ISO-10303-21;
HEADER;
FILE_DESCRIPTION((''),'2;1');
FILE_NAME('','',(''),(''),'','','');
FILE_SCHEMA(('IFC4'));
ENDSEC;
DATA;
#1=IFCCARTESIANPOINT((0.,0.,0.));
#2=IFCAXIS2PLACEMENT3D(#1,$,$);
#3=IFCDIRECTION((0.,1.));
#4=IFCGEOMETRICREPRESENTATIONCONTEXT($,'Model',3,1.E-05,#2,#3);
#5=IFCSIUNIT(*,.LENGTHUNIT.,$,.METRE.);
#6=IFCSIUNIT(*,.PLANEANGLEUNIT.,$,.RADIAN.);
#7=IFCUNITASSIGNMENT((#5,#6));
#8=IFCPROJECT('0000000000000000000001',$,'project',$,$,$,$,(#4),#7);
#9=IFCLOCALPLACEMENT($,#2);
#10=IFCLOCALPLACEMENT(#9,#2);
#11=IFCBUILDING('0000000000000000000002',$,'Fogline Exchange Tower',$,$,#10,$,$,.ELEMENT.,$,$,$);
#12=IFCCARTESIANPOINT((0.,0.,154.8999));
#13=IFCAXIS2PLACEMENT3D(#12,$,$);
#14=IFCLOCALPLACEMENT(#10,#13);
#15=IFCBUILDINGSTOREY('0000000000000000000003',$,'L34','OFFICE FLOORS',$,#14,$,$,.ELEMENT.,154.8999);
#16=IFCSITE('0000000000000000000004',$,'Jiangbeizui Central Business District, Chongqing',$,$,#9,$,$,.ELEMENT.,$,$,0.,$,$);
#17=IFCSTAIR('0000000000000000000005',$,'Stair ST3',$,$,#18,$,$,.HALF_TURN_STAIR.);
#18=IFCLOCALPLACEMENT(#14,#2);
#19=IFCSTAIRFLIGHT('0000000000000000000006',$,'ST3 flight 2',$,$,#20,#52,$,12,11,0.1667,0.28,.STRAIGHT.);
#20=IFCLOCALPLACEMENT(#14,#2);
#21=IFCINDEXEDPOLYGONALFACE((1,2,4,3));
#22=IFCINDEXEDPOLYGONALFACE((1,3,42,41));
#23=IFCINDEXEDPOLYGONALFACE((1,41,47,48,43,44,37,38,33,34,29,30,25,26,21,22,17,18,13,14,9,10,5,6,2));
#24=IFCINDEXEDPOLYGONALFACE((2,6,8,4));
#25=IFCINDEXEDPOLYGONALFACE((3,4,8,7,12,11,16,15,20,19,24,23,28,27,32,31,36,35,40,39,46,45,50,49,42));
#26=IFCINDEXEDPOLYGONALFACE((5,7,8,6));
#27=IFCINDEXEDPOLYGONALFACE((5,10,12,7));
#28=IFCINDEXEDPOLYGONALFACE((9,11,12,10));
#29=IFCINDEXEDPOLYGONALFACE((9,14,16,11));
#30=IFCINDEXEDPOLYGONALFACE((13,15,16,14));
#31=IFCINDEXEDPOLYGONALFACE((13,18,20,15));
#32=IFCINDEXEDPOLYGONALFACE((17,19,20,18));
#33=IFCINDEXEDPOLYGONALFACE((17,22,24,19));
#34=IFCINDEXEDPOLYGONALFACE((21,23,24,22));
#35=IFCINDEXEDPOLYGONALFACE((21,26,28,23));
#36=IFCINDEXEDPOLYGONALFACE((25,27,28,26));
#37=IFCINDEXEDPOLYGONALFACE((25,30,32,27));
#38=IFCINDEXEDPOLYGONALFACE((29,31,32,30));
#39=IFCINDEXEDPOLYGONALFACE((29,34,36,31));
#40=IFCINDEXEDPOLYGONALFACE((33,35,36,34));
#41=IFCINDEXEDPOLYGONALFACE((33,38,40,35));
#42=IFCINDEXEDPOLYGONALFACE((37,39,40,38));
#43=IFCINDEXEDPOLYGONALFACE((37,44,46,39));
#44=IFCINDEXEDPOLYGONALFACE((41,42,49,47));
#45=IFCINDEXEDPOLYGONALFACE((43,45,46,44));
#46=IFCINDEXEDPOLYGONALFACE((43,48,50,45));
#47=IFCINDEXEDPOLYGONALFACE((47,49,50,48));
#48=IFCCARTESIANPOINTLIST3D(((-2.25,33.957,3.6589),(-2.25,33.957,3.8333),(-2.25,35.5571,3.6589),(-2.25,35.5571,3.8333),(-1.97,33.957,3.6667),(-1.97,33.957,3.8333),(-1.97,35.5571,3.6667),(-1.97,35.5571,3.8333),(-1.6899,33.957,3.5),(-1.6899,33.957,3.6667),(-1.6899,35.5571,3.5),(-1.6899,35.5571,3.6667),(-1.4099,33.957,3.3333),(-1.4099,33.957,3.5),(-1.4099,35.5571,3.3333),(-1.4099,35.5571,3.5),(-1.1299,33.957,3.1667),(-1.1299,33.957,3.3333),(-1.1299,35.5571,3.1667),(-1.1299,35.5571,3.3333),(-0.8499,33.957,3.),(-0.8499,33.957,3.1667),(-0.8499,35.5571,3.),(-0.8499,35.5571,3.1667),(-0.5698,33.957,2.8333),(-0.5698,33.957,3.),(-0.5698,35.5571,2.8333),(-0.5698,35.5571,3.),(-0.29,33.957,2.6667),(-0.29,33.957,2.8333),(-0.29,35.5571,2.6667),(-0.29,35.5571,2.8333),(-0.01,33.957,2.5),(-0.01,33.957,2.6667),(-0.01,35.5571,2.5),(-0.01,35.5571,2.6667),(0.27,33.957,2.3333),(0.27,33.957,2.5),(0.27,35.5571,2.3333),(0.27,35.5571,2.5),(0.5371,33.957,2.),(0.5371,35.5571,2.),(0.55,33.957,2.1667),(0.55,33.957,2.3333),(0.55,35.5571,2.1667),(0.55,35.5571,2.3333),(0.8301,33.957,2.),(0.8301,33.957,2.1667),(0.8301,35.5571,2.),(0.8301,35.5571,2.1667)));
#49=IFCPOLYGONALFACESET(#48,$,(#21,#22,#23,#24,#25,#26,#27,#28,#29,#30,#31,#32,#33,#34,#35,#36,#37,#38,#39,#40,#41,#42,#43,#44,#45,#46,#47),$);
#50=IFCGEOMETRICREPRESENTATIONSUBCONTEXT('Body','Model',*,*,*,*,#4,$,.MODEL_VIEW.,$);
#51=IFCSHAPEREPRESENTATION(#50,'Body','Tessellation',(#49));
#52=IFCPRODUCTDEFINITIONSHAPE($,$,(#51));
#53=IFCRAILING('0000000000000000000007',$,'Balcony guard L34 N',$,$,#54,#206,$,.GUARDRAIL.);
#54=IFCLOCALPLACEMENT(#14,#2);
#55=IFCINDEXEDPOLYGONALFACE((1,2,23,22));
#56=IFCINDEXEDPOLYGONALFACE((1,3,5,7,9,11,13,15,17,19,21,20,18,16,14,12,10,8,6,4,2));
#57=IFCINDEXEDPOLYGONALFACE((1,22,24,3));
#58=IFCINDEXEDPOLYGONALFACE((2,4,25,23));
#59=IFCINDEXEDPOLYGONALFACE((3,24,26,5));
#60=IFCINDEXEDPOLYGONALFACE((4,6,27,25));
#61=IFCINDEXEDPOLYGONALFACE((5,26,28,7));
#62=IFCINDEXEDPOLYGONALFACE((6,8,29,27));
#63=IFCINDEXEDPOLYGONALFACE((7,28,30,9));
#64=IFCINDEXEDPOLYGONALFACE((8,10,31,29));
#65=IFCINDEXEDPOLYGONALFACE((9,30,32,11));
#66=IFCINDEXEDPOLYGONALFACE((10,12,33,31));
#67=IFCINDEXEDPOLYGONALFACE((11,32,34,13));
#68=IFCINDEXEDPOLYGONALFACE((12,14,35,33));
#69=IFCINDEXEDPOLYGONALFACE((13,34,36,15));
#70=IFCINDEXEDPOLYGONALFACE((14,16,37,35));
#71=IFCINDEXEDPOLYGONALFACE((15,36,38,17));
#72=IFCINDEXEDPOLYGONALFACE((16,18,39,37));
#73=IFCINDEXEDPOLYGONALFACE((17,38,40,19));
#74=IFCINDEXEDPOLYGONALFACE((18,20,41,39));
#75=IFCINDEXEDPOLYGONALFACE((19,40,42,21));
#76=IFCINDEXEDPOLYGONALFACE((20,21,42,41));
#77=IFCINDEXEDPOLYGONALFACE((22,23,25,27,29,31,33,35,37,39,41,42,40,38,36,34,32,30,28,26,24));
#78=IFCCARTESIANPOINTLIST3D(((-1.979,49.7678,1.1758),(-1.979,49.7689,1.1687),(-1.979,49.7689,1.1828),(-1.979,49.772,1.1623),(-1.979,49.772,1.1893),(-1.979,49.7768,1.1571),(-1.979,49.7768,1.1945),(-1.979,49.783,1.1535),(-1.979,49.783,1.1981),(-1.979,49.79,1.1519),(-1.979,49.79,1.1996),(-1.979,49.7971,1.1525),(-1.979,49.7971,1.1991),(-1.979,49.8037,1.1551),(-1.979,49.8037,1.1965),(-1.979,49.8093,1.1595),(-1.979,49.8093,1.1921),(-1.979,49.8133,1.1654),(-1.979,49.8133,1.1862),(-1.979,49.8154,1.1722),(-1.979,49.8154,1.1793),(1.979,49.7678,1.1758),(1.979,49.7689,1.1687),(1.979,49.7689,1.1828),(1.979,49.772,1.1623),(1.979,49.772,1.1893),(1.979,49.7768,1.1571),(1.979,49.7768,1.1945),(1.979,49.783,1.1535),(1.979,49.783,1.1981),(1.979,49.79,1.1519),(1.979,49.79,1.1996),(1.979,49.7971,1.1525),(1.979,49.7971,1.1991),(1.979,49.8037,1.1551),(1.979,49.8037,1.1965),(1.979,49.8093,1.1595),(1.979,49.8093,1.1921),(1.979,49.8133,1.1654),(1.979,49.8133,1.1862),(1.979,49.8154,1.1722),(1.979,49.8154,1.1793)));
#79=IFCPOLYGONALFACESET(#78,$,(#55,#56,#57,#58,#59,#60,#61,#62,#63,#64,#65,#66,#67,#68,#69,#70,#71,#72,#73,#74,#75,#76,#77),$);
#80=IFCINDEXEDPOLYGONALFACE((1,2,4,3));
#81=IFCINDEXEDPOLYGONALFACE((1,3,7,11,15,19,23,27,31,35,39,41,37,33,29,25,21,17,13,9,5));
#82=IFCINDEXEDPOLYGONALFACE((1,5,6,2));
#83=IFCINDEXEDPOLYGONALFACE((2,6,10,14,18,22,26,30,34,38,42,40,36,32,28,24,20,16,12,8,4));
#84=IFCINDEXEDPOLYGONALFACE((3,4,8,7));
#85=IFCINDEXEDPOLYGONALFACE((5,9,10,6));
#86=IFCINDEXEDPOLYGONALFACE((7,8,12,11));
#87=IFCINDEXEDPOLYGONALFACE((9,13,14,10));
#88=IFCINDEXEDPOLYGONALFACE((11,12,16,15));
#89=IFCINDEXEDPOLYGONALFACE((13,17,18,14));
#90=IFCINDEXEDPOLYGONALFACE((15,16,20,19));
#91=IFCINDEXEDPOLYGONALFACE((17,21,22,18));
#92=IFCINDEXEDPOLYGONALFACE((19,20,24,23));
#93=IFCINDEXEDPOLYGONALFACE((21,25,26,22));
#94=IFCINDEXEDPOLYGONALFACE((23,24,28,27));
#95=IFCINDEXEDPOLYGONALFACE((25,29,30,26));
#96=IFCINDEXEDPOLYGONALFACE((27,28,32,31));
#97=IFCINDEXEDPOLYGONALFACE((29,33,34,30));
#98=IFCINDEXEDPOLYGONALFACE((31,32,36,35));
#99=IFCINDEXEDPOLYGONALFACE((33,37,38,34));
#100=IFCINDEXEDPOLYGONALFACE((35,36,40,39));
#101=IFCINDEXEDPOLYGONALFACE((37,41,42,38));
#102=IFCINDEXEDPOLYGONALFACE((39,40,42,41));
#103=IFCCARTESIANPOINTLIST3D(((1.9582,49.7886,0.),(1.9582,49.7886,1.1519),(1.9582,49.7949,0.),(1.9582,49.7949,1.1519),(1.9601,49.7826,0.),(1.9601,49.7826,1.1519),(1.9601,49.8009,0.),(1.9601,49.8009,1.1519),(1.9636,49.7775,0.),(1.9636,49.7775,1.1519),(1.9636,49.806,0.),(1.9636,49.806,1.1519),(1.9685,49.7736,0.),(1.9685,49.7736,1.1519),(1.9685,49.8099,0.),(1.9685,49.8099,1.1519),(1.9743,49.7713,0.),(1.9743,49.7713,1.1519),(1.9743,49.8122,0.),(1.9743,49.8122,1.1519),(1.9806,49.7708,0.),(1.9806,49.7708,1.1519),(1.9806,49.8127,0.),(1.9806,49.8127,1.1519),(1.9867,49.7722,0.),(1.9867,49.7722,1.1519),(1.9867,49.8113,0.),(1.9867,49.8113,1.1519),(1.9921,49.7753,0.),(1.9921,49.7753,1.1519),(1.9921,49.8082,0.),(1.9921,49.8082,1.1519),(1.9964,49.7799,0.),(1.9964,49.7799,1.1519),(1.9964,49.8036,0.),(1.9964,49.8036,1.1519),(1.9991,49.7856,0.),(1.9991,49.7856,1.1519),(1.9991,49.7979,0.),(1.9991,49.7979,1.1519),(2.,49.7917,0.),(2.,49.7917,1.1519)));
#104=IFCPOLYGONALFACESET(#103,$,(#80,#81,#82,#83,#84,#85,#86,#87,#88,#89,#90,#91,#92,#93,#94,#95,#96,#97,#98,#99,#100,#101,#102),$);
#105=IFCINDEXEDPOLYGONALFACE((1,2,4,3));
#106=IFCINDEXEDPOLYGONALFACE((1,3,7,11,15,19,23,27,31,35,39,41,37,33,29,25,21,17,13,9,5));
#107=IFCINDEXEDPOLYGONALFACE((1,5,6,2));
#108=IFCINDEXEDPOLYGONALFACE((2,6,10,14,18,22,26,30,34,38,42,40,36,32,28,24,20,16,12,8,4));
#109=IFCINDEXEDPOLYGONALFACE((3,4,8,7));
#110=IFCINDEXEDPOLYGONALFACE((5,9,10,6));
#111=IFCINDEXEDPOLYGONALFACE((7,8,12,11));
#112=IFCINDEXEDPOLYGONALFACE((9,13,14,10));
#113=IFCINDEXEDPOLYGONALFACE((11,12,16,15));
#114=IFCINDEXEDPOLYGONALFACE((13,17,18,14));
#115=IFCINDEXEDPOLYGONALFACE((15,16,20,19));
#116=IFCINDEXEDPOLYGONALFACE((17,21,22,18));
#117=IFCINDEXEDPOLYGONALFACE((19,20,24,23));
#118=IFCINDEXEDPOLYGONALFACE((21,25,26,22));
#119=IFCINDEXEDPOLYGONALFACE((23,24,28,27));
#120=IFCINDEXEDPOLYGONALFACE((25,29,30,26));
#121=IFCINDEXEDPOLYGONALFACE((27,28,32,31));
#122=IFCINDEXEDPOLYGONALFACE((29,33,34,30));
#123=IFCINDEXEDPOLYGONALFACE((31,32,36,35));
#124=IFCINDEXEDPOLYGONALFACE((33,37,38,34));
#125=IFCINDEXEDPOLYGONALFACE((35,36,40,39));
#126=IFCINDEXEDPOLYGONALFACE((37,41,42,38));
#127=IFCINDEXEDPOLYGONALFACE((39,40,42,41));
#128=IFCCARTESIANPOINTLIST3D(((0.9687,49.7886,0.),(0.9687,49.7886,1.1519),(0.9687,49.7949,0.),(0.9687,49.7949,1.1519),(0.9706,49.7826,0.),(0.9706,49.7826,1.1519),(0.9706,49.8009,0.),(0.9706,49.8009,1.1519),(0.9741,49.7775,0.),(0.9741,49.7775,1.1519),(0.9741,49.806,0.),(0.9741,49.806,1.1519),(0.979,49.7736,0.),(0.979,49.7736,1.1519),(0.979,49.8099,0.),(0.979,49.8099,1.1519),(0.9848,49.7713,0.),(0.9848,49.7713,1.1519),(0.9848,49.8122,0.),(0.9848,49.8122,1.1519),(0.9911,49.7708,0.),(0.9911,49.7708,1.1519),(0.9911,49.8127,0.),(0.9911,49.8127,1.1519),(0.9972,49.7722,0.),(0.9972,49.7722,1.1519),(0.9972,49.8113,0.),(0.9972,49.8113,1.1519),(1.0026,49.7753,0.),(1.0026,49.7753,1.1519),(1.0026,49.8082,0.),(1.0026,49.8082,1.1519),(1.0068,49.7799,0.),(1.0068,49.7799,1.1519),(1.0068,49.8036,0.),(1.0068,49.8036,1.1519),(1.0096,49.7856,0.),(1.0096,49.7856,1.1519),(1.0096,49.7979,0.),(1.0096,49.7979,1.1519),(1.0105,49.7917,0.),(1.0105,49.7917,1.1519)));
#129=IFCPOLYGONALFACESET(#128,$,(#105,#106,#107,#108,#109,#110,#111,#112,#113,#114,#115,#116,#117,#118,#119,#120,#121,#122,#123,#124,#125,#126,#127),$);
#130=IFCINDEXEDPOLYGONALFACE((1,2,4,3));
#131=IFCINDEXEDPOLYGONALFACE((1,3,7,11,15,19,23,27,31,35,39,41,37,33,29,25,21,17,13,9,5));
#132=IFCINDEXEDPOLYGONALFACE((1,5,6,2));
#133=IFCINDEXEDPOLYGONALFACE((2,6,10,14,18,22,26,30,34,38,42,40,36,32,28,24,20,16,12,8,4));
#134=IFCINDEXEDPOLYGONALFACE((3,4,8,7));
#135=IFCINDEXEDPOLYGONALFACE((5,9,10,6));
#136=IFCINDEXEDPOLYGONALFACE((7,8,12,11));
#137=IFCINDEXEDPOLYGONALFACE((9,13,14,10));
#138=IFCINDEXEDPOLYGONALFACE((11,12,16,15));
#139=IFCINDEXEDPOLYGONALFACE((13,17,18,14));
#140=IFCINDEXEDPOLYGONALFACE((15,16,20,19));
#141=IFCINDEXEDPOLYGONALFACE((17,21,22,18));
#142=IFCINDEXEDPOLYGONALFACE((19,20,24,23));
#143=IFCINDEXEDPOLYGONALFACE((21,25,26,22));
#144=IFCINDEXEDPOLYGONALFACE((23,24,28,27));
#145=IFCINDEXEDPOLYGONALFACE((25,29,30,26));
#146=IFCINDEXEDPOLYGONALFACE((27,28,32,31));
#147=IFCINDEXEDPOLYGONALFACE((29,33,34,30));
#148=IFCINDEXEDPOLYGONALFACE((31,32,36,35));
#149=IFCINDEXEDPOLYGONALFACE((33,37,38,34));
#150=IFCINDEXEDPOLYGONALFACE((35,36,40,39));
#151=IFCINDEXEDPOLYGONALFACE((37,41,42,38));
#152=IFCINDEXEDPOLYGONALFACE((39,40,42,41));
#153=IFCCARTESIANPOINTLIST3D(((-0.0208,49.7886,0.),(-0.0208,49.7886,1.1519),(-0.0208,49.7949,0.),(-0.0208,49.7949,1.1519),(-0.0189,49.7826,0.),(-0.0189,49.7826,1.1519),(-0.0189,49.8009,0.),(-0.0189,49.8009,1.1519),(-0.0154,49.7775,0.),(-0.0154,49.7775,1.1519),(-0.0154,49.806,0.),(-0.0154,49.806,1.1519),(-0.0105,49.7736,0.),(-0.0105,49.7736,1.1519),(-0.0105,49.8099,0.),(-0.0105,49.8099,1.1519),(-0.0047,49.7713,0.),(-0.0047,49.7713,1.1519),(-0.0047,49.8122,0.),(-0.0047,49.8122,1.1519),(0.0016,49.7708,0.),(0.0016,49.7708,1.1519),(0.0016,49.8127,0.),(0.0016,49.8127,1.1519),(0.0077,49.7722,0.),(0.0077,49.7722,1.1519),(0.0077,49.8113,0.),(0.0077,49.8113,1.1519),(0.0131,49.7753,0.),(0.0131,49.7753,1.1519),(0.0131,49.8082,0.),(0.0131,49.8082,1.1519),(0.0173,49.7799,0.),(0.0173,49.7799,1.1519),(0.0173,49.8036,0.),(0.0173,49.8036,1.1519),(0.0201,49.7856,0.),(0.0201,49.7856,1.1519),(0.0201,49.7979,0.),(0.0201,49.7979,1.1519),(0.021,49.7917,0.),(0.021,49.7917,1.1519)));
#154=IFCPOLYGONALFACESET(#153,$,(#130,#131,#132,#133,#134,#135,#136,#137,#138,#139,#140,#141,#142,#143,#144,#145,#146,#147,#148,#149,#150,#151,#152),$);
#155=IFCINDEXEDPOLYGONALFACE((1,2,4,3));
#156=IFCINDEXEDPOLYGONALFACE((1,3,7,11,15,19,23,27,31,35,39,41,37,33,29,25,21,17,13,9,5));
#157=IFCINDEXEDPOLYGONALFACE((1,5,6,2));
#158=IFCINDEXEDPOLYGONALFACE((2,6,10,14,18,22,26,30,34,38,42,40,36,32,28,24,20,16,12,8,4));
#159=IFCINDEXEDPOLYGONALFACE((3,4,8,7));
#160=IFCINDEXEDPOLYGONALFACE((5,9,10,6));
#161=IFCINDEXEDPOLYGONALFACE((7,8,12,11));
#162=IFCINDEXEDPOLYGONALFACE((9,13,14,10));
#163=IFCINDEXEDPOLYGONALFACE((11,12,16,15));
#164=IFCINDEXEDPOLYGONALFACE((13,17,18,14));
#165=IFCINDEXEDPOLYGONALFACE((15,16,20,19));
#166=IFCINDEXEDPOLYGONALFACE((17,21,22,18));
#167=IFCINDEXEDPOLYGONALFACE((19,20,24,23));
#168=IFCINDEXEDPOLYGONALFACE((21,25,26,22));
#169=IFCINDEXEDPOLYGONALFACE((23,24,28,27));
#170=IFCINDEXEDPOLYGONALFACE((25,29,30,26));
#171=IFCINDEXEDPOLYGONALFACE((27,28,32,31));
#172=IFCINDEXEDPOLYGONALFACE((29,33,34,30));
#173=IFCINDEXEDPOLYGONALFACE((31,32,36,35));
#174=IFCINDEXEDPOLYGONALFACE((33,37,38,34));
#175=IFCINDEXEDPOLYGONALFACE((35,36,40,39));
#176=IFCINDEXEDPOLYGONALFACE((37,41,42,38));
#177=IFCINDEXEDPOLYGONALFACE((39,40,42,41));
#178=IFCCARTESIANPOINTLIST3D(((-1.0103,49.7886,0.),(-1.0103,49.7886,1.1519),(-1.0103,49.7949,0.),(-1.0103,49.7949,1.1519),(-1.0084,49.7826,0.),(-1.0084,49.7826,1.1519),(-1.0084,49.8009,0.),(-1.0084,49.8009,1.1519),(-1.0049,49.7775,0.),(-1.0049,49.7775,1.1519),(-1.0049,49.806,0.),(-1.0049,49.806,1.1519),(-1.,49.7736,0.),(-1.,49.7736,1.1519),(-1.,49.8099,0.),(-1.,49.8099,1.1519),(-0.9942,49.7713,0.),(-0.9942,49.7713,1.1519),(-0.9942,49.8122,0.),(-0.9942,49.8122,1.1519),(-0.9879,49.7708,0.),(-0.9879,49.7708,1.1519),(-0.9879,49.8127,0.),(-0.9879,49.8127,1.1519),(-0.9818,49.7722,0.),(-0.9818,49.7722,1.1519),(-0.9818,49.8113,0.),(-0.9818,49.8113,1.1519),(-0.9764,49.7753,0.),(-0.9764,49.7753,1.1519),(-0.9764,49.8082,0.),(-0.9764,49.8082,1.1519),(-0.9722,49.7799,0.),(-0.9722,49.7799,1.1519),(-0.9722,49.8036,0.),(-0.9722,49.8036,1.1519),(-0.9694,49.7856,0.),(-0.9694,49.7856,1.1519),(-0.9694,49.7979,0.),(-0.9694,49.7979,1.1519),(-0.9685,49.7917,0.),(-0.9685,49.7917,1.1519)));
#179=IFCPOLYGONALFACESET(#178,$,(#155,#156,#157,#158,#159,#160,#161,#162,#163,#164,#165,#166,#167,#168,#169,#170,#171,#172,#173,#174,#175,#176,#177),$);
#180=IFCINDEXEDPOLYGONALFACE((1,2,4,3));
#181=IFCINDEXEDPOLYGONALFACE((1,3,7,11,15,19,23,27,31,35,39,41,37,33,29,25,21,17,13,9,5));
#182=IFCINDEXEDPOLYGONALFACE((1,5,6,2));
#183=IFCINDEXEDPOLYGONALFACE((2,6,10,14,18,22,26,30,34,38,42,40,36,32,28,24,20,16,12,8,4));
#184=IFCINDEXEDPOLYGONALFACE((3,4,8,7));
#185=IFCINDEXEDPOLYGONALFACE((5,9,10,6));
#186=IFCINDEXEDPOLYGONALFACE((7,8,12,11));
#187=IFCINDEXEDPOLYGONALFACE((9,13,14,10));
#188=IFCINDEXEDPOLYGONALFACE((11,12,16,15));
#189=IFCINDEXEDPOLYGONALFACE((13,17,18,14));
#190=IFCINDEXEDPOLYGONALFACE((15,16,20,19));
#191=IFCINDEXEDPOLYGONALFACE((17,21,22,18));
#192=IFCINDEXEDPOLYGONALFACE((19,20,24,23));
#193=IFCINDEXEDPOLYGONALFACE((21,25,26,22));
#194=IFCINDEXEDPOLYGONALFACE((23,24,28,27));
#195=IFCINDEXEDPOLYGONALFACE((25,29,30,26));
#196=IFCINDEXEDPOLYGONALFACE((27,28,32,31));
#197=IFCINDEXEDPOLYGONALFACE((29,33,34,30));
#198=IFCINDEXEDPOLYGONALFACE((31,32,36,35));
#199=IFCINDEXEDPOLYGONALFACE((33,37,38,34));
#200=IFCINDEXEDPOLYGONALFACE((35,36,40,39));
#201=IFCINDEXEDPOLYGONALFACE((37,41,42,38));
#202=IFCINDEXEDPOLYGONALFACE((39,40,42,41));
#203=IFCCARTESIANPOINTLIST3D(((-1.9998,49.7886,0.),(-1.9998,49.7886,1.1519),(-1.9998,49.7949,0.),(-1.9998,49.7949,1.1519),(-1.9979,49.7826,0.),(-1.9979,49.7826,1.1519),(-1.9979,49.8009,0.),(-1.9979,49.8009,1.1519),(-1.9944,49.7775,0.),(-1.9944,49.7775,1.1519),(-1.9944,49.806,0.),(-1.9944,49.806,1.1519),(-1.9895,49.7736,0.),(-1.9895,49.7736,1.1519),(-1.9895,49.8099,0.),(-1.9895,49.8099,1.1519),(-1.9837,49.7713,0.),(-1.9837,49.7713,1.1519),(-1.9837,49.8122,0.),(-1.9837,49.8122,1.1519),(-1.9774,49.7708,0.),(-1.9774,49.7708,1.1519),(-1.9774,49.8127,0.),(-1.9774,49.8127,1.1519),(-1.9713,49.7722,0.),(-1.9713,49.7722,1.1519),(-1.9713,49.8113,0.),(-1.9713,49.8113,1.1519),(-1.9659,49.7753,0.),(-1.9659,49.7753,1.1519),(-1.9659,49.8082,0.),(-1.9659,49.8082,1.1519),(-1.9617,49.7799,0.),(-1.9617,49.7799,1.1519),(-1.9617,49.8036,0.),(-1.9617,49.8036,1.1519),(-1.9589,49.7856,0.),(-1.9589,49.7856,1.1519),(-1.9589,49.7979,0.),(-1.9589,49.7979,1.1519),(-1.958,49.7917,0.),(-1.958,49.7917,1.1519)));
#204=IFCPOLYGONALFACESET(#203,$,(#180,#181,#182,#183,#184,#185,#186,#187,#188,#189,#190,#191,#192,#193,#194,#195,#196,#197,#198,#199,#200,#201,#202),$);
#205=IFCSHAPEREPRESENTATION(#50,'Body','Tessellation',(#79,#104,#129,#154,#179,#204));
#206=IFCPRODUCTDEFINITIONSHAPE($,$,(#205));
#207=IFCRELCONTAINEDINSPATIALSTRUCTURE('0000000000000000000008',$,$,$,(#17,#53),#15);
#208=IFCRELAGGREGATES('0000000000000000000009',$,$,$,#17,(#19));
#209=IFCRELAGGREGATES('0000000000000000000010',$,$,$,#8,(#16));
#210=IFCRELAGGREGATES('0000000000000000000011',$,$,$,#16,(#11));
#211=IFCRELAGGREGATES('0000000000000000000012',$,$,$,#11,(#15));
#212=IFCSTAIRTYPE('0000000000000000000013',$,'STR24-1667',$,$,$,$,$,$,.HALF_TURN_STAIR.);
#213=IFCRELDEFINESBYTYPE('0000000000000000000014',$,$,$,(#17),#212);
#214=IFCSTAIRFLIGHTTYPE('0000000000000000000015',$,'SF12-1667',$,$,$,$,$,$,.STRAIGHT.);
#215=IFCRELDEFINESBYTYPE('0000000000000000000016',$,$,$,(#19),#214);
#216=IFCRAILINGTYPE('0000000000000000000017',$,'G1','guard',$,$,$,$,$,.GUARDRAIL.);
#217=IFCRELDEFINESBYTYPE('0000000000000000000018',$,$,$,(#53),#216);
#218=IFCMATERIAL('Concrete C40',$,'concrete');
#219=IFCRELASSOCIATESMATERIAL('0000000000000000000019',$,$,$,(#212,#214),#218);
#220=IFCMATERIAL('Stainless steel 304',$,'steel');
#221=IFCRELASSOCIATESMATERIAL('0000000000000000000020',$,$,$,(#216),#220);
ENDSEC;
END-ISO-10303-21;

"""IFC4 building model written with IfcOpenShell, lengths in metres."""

from ifc_helpers import new_model, si_unit, direction, frame, origin, origin_2d, place, context, subcontext, project, spatial, polyline, circle, outline, extrude, material, type_object, element, aggregate, save


model = new_model("IFC4")

# Units and contexts
model_context = context("Model", 3, precision=1e-05, world=origin(), true_north=direction((0.0, 1.0)))
body_context = subcontext(model_context, "Body", "Model", "MODEL_VIEW")
ifc_project = project(units=[si_unit("LENGTHUNIT", "METRE"), si_unit("PLANEANGLEUNIT", "RADIAN")], contexts=[model_context])

# Site, building, storey
site_placement = place(None, origin())
site = spatial("IfcSite", under=ifc_project, at=site_placement, Name="Jiangbeizui Central Business District, Chongqing", CompositionType="ELEMENT", RefElevation=0.0)
building_placement = place(site_placement, origin())
building = spatial("IfcBuilding", under=site, at=building_placement, Name="Fogline Exchange Tower", CompositionType="ELEMENT")
storey_placement = place(building_placement, frame((0.0, 0.0, 154.8999)))
storey = spatial("IfcBuildingStorey", under=building, at=storey_placement, Name="L34", Description="OFFICE FLOORS", CompositionType="ELEMENT", Elevation=154.8999)

# Shared definitions
ifc_material_1 = material(Name="Concrete C40", Category="concrete")

# Stair, stair flight
stair_type = type_object("IfcStairType", Name="STR24-1667", PredefinedType="HALF_TURN_STAIR", material=ifc_material_1)
stair_placement = place(storey_placement, origin())
stair = element("IfcStair", 1, at=stair_placement, inside=storey, type_object=stair_type, Name="Stair ST3", PredefinedType="HALF_TURN_STAIR")
stair_flight_type = type_object("IfcStairFlightType", Name="SF12-1667", PredefinedType="STRAIGHT", material=ifc_material_1)
stair_flight_placement = place(storey_placement, frame((0.8301, 34.7571, 2.0), z_axis=(0.0, 0.0, 1.0), x_axis=(-1.0, 0.0, 0.0)))
stair_flight = element("IfcStairFlight", 2, at=stair_flight_placement, type_object=stair_flight_type, Name="ST3 flight 2", NumberOfRisers=12, NumberOfTreads=11, PredefinedType="STRAIGHT", RiserHeight=0.1667, TreadLength=0.28, context=body_context, shape_type="SweptSolid", body=[
    extrude(outline(polyline([(0.0, 0.0), (0.0, 0.1667), (0.28, 0.1667), (0.28, 0.3333), (0.5601, 0.3333), (0.5601, 0.5), (0.8401, 0.5), (0.8401, 0.6667), (1.1201, 0.6667), (1.1201, 0.8333), (1.3999, 0.8333), (1.3999, 1.0), (1.6799, 1.0), (1.6799, 1.1667), (1.96, 1.1667), (1.96, 1.3333), (2.24, 1.3333), (2.24, 1.5), (2.52, 1.5), (2.52, 1.6667), (2.8, 1.6667), (2.8, 1.8333), (3.0801, 1.8333), (3.0801, 2.0), (3.0801, 1.6589), (0.293, 0.0), (0.0, 0.0)])), frame((0.0, 0.8, 0.0), z_axis=(0.0, -1.0, 0.0), x_axis=(1.0, 0.0, 0.0)), (0.0, 0.0, 1.0), 1.6001),
])
aggregate(stair, [stair_flight])

# Railing
ifc_material_2 = material(Name="Stainless steel 304", Category="steel")
railing_type = type_object("IfcRailingType", Name="G1", Description="guard", PredefinedType="GUARDRAIL", material=ifc_material_2)
railing_placement = place(storey_placement, frame((1.979, 49.7917, 0.0)))
element("IfcRailing", 3, at=railing_placement, inside=storey, type_object=railing_type, Name="Balcony guard L34 N", PredefinedType="GUARDRAIL", context=body_context, shape_type="SweptSolid", body=[
    extrude(circle(Radius=0.0239, at=origin_2d()), frame((0.0, 0.0, 1.1758), z_axis=(-1.0, 0.0, 0.0), x_axis=(0.0, -1.0, 0.0)), (0.0, 0.0, 1.0), 3.958),
    extrude(circle(Radius=0.021, at=origin_2d()), origin(), (0.0, 0.0, 1.0), 1.1519),
    extrude(circle(Radius=0.021, at=origin_2d()), frame((-0.9895, 0.0, 0.0)), (0.0, 0.0, 1.0), 1.1519),
    extrude(circle(Radius=0.021, at=origin_2d()), frame((-1.979, 0.0, 0.0)), (0.0, 0.0, 1.0), 1.1519),
    extrude(circle(Radius=0.021, at=origin_2d()), frame((-2.9685, 0.0, 0.0)), (0.0, 0.0, 1.0), 1.1519),
    extrude(circle(Radius=0.021, at=origin_2d()), frame((-3.958, 0.0, 0.0)), (0.0, 0.0, 1.0), 1.1519),
])

save(model, "model.ifc")
